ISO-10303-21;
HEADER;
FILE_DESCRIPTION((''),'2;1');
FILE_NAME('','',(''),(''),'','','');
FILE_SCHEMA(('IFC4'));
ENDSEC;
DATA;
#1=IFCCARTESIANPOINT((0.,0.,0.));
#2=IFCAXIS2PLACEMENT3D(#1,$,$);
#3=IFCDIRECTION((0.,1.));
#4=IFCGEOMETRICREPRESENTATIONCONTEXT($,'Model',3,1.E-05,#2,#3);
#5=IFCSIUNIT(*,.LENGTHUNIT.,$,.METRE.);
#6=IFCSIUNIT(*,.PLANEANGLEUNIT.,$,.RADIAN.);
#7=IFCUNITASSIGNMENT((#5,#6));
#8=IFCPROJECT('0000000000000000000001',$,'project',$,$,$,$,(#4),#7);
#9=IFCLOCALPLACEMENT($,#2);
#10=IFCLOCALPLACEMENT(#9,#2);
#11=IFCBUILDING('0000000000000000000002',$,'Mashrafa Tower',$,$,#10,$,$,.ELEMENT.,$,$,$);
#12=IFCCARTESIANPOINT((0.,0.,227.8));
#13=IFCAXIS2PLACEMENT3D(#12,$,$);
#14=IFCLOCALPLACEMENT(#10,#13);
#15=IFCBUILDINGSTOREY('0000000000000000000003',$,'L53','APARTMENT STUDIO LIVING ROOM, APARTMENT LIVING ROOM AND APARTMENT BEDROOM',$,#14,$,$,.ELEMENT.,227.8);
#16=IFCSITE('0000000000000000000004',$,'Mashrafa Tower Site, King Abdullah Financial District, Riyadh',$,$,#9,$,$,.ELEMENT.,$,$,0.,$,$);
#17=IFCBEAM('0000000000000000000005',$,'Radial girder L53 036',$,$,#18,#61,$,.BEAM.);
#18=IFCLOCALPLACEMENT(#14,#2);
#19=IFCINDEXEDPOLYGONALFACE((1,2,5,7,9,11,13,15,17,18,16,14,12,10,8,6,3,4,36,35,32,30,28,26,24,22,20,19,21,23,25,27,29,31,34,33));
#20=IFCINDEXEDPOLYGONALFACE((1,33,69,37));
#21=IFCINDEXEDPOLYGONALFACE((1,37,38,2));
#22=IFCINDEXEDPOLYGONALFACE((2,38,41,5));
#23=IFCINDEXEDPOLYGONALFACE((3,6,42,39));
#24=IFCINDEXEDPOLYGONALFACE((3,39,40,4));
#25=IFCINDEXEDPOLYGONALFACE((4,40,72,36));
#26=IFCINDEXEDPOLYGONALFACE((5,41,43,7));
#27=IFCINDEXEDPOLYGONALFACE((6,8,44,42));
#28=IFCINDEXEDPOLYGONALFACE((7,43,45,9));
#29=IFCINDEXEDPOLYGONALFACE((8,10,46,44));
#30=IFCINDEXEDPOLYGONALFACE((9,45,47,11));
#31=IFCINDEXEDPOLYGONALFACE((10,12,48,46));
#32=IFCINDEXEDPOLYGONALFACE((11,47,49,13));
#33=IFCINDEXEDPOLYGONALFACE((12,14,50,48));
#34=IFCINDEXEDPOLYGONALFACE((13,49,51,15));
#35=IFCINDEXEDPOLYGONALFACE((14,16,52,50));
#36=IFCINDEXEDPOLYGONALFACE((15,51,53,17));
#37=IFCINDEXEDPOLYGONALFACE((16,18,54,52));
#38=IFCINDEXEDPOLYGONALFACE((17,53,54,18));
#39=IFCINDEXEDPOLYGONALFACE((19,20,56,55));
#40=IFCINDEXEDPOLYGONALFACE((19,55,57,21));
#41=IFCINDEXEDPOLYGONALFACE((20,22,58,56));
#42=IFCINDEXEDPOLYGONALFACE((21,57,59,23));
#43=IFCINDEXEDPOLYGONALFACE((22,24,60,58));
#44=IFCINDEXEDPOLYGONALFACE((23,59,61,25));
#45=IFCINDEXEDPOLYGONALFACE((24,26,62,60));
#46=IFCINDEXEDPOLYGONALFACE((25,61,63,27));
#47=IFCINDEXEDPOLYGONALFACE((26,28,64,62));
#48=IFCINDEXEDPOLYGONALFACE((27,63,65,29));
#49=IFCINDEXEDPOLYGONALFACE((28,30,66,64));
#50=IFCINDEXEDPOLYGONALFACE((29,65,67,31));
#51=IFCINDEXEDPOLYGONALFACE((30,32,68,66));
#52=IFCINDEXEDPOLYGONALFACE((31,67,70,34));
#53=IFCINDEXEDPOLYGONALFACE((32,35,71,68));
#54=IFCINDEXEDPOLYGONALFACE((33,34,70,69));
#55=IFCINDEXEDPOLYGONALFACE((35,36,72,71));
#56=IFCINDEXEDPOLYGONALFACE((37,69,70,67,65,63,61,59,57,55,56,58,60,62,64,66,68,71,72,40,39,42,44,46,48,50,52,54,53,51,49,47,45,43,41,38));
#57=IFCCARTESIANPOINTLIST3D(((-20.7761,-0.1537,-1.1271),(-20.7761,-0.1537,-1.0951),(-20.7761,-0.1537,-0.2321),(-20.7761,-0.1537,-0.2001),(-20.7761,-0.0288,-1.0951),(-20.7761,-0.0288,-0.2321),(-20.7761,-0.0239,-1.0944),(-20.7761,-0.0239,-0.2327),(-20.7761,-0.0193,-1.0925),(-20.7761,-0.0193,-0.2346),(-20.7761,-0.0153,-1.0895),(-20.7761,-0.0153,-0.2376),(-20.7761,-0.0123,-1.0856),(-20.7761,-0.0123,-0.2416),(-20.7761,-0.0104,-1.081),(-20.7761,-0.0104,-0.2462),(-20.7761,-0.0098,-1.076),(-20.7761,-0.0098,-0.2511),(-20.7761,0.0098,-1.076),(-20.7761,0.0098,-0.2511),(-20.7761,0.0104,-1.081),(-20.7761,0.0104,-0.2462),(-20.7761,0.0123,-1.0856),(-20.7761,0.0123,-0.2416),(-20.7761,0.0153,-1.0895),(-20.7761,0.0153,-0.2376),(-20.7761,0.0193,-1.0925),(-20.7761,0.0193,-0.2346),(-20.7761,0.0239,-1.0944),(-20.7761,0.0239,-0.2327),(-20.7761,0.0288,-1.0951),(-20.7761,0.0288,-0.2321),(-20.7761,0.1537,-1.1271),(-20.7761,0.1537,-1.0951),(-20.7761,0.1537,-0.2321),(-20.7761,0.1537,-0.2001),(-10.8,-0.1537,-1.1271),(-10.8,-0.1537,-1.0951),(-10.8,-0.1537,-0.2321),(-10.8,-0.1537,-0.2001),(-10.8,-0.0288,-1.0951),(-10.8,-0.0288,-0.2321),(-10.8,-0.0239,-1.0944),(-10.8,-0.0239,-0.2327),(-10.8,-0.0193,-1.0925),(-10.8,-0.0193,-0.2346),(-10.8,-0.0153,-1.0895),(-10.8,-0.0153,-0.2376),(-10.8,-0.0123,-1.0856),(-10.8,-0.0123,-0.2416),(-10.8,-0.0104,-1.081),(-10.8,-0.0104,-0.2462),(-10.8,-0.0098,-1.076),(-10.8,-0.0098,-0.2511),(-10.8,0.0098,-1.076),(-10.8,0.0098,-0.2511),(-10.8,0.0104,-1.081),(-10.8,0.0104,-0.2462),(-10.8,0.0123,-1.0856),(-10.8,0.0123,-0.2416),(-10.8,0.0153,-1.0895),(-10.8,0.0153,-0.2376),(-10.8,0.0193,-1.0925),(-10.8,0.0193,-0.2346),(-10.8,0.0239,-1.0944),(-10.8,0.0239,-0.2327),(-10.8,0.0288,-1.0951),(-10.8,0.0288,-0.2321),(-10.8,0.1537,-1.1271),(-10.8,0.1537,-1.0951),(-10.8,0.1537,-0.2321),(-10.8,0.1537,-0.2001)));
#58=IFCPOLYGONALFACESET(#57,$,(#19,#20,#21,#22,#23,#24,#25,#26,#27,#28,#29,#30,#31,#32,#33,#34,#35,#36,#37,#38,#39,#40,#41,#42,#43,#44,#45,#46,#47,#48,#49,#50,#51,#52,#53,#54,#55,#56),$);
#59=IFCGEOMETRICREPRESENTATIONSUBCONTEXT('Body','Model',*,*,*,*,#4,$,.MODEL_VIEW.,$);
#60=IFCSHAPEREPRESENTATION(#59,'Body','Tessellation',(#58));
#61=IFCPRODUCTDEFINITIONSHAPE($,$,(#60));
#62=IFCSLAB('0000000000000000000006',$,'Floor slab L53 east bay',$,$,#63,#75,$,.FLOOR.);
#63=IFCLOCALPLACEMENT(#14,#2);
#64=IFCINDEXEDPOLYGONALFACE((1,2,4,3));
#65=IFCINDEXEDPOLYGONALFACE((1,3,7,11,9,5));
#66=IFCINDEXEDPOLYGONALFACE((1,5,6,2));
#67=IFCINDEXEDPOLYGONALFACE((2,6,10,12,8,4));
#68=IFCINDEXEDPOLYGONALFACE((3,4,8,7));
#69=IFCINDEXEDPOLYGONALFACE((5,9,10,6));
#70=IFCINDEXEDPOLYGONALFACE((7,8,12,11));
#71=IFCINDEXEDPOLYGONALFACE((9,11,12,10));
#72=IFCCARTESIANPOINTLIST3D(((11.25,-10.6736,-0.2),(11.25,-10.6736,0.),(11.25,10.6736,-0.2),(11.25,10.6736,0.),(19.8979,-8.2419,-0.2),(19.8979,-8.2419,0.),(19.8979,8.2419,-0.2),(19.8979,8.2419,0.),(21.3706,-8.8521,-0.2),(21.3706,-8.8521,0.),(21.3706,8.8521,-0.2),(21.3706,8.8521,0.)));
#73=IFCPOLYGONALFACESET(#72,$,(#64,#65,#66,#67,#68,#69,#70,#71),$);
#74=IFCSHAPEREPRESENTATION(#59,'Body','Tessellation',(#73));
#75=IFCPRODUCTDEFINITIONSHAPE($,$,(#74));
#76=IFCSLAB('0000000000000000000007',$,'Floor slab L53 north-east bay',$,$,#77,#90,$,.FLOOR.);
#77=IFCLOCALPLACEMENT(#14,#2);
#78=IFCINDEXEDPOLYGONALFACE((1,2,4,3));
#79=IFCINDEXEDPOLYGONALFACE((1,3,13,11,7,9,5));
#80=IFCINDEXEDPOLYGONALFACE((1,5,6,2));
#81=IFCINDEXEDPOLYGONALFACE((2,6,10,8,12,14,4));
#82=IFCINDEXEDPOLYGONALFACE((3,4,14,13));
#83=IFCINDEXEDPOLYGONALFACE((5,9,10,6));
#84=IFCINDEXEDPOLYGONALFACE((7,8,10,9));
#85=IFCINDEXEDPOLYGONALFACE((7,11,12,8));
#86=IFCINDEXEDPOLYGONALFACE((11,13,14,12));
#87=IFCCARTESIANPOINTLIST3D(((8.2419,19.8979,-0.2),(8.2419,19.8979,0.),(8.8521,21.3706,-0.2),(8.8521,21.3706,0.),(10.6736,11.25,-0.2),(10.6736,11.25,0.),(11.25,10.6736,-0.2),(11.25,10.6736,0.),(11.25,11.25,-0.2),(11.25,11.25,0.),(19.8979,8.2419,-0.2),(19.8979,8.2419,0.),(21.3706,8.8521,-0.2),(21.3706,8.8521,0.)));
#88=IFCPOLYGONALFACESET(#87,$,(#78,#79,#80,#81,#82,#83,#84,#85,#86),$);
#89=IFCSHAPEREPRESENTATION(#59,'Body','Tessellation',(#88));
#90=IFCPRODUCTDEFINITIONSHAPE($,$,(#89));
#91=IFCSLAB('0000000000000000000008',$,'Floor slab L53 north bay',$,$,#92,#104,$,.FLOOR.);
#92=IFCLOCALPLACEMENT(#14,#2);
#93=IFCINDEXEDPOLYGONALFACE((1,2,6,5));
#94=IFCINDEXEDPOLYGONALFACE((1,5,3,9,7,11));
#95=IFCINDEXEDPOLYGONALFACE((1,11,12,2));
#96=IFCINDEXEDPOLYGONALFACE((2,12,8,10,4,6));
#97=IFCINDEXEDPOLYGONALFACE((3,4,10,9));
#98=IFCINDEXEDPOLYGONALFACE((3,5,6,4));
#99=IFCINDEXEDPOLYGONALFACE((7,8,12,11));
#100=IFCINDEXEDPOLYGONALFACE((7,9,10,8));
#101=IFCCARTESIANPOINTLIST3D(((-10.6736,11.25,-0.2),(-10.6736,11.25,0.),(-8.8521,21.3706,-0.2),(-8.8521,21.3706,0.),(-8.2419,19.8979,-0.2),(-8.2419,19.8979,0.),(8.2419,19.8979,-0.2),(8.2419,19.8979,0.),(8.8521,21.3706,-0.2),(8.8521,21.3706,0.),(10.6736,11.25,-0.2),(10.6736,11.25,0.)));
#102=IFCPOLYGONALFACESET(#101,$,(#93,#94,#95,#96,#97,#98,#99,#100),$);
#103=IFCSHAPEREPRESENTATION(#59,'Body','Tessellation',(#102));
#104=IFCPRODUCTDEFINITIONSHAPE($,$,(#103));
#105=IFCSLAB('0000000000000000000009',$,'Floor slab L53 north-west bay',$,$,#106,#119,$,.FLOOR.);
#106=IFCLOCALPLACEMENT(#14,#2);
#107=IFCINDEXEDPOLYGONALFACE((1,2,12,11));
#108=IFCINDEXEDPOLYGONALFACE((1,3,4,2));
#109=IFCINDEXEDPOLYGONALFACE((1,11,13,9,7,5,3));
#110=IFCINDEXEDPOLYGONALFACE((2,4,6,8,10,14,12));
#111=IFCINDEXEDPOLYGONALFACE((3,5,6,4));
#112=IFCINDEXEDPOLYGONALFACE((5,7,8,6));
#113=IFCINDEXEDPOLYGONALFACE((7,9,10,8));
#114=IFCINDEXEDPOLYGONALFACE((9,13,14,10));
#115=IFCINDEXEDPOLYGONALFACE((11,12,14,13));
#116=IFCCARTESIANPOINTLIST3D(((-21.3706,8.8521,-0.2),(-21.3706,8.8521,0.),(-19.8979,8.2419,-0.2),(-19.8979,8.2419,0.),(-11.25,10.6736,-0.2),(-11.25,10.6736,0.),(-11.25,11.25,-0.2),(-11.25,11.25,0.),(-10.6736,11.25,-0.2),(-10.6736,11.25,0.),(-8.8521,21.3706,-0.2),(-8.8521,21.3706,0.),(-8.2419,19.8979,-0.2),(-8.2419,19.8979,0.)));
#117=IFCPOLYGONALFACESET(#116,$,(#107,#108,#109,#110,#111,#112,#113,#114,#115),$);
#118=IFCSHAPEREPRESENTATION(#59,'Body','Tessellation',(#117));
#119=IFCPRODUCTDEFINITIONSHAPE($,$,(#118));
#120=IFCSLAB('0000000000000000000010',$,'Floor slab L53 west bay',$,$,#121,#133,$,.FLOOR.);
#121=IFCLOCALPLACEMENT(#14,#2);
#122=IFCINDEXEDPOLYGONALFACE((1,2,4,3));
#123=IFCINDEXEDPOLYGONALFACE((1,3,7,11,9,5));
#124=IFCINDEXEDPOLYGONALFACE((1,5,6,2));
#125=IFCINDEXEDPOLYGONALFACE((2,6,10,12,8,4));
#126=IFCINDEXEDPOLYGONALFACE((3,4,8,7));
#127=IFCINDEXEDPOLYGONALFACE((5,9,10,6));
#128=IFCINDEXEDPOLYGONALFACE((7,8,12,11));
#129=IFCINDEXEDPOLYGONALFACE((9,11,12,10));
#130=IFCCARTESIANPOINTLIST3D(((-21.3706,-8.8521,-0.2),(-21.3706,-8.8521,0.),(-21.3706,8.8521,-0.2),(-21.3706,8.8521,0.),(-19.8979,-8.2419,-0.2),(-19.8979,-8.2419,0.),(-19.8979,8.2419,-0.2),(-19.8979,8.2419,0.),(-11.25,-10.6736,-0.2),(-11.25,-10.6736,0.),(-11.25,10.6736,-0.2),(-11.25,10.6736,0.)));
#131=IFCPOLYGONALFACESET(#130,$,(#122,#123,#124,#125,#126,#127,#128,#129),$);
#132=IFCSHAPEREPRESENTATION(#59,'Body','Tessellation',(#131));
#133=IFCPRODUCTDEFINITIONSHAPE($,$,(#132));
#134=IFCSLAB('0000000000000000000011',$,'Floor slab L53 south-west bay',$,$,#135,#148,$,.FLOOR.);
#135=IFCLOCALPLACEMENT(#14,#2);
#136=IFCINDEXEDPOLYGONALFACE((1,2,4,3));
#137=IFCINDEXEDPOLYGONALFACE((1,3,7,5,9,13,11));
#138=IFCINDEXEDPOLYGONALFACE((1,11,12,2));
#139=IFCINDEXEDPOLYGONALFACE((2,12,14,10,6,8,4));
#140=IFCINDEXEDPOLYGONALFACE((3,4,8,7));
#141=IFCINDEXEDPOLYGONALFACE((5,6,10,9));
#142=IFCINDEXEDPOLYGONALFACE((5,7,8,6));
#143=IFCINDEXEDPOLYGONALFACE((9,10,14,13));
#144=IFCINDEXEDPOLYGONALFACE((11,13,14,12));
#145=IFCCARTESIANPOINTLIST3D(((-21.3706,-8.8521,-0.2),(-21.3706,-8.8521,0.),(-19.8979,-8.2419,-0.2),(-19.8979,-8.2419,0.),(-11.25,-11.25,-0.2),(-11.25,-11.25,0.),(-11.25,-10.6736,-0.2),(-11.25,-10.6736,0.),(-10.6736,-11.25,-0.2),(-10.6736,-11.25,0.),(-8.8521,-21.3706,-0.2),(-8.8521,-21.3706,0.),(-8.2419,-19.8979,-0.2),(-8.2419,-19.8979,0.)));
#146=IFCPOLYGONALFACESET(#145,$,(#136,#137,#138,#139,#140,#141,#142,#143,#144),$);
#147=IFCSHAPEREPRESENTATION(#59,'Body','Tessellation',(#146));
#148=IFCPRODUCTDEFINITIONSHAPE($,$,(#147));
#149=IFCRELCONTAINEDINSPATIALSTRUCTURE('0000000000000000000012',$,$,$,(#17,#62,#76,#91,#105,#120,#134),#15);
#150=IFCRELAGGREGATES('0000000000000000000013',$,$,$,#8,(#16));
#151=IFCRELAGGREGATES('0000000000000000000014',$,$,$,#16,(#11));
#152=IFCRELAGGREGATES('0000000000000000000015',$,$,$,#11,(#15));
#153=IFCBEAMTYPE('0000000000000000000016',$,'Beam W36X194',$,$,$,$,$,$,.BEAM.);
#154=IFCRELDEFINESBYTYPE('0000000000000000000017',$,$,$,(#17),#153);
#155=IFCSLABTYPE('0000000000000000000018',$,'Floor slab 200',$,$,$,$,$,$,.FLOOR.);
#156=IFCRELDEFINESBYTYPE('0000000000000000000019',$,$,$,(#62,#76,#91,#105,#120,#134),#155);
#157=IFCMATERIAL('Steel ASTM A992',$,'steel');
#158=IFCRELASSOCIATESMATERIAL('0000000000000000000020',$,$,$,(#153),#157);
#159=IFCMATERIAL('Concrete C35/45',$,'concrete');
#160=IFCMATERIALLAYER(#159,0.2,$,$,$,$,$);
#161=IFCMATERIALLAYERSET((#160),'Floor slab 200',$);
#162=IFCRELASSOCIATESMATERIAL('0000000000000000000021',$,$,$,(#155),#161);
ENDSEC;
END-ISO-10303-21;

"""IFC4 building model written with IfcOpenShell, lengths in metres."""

from ifc_helpers import new_model, si_unit, direction, frame, origin, origin_2d, place, context, subcontext, project, spatial, polyline, i_section, outline, extrude, material, layer, layer_set, material_profile, profile_set, type_object, element, save


model = new_model("IFC4")

# Units and contexts
model_context = context("Model", 3, precision=1e-05, world=origin(), true_north=direction((0.0, 1.0)))
body_context = subcontext(model_context, "Body", "Model", "MODEL_VIEW")
ifc_project = project(units=[si_unit("LENGTHUNIT", "METRE"), si_unit("PLANEANGLEUNIT", "RADIAN")], contexts=[model_context])

# Site, building, storey
site_placement = place(None, origin())
site = spatial("IfcSite", under=ifc_project, at=site_placement, Name="Mashrafa Tower Site, King Abdullah Financial District, Riyadh", CompositionType="ELEMENT", RefElevation=0.0)
building_placement = place(site_placement, origin())
building = spatial("IfcBuilding", under=site, at=building_placement, Name="Mashrafa Tower", CompositionType="ELEMENT")
storey_placement = place(building_placement, frame((0.0, 0.0, 227.8)))
storey = spatial("IfcBuildingStorey", under=building, at=storey_placement, Name="L53", Description="APARTMENT STUDIO LIVING ROOM, APARTMENT LIVING ROOM AND APARTMENT BEDROOM", CompositionType="ELEMENT", Elevation=227.8)

# Beam
ifc_material_1 = material(Name="Steel ASTM A992", Category="steel")
ifc_material_profile = material_profile(ifc_material_1, i_section(OverallWidth=0.3074, OverallDepth=0.927, WebThickness=0.0195, FlangeThickness=0.032, FilletRadius=0.019, at=origin_2d()), Name="W36X194")
ifc_profile_set = profile_set([ifc_material_profile], Name="Steel ASTM A992")
beam_type = type_object("IfcBeamType", Name="Beam W36X194", PredefinedType="BEAM", material=ifc_profile_set)
beam_placement = place(storey_placement, frame((-10.8, 0.0, -0.6636), z_axis=(-1.0, 0.0, 0.0), x_axis=(0.0, -1.0, 0.0)))
element("IfcBeam", 1, at=beam_placement, inside=storey, type_object=beam_type, Name="Radial girder L53 036", PredefinedType="BEAM", context=body_context, shape_type="SweptSolid", body=[
    extrude(i_section(OverallWidth=0.3074, OverallDepth=0.927, WebThickness=0.0195, FlangeThickness=0.032, FilletRadius=0.019, at=origin_2d()), origin(), (0.0, 0.0, 1.0), 9.9761),
])

# Slabs
ifc_material_2 = material(Name="Concrete C35/45", Category="concrete")
ifc_layer_1 = layer(ifc_material_2, 0.2)
ifc_layer_set_1 = layer_set([ifc_layer_1], Name="Floor slab 200")
slab_type = type_object("IfcSlabType", Name="Floor slab 200", PredefinedType="FLOOR", material=ifc_layer_set_1)
slab_1_placement = place(storey_placement, frame((0.0, 0.0, -0.2)))
element("IfcSlab", 2, at=slab_1_placement, inside=storey, type_object=slab_type, Name="Floor slab L53 east bay", PredefinedType="FLOOR", context=body_context, shape_type="SweptSolid", body=[
    extrude(outline(polyline([(21.3706, -8.8521), (19.8979, -8.2419), (11.25, -10.6736), (11.25, 10.6736), (19.8979, 8.2419), (21.3706, 8.8521), (21.3706, -8.8521)])), origin(), (0.0, 0.0, 1.0), 0.2),
])
slab_2_placement = place(storey_placement, frame((0.0, 0.0, -0.2)))
element("IfcSlab", 3, at=slab_2_placement, inside=storey, type_object=slab_type, Name="Floor slab L53 north-east bay", PredefinedType="FLOOR", context=body_context, shape_type="SweptSolid", body=[
    extrude(outline(polyline([(8.8521, 21.3706), (21.3706, 8.8521), (21.3706, 8.8521), (19.8979, 8.2419), (11.25, 10.6736), (11.25, 11.25), (10.6736, 11.25), (8.2419, 19.8979), (8.8521, 21.3706), (8.8521, 21.3706)])), origin(), (0.0, 0.0, 1.0), 0.2),
])
slab_3_placement = place(storey_placement, frame((0.0, 0.0, -0.2)))
element("IfcSlab", 4, at=slab_3_placement, inside=storey, type_object=slab_type, Name="Floor slab L53 north bay", PredefinedType="FLOOR", context=body_context, shape_type="SweptSolid", body=[
    extrude(outline(polyline([(8.8521, 21.3706), (8.2419, 19.8979), (10.6736, 11.25), (-10.6736, 11.25), (-8.2419, 19.8979), (-8.8521, 21.3706), (8.8521, 21.3706)])), origin(), (0.0, 0.0, 1.0), 0.2),
])
slab_4_placement = place(storey_placement, frame((0.0, 0.0, -0.2)))
element("IfcSlab", 5, at=slab_4_placement, inside=storey, type_object=slab_type, Name="Floor slab L53 north-west bay", PredefinedType="FLOOR", context=body_context, shape_type="SweptSolid", body=[
    extrude(outline(polyline([(-21.3706, 8.8521), (-8.8521, 21.3706), (-8.8521, 21.3706), (-8.2419, 19.8979), (-10.6736, 11.25), (-11.25, 11.25), (-11.25, 10.6736), (-19.8979, 8.2419), (-21.3706, 8.8521), (-21.3706, 8.8521)])), origin(), (0.0, 0.0, 1.0), 0.2),
])
slab_5_placement = place(storey_placement, frame((0.0, 0.0, -0.2)))
element("IfcSlab", 6, at=slab_5_placement, inside=storey, type_object=slab_type, Name="Floor slab L53 west bay", PredefinedType="FLOOR", context=body_context, shape_type="SweptSolid", body=[
    extrude(outline(polyline([(-21.3706, 8.8521), (-19.8979, 8.2419), (-11.25, 10.6736), (-11.25, -10.6736), (-19.8979, -8.2419), (-21.3706, -8.8521), (-21.3706, 8.8521)])), origin(), (0.0, 0.0, 1.0), 0.2),
])
slab_6_placement = place(storey_placement, frame((0.0, 0.0, -0.2)))
element("IfcSlab", 7, at=slab_6_placement, inside=storey, type_object=slab_type, Name="Floor slab L53 south-west bay", PredefinedType="FLOOR", context=body_context, shape_type="SweptSolid", body=[
    extrude(outline(polyline([(-8.8521, -21.3706), (-21.3706, -8.8521), (-21.3706, -8.8521), (-19.8979, -8.2419), (-11.25, -10.6736), (-11.25, -11.25), (-10.6736, -11.25), (-8.2419, -19.8979), (-8.8521, -21.3706), (-8.8521, -21.3706)])), origin(), (0.0, 0.0, 1.0), 0.2),
])

save(model, "model.ifc")
